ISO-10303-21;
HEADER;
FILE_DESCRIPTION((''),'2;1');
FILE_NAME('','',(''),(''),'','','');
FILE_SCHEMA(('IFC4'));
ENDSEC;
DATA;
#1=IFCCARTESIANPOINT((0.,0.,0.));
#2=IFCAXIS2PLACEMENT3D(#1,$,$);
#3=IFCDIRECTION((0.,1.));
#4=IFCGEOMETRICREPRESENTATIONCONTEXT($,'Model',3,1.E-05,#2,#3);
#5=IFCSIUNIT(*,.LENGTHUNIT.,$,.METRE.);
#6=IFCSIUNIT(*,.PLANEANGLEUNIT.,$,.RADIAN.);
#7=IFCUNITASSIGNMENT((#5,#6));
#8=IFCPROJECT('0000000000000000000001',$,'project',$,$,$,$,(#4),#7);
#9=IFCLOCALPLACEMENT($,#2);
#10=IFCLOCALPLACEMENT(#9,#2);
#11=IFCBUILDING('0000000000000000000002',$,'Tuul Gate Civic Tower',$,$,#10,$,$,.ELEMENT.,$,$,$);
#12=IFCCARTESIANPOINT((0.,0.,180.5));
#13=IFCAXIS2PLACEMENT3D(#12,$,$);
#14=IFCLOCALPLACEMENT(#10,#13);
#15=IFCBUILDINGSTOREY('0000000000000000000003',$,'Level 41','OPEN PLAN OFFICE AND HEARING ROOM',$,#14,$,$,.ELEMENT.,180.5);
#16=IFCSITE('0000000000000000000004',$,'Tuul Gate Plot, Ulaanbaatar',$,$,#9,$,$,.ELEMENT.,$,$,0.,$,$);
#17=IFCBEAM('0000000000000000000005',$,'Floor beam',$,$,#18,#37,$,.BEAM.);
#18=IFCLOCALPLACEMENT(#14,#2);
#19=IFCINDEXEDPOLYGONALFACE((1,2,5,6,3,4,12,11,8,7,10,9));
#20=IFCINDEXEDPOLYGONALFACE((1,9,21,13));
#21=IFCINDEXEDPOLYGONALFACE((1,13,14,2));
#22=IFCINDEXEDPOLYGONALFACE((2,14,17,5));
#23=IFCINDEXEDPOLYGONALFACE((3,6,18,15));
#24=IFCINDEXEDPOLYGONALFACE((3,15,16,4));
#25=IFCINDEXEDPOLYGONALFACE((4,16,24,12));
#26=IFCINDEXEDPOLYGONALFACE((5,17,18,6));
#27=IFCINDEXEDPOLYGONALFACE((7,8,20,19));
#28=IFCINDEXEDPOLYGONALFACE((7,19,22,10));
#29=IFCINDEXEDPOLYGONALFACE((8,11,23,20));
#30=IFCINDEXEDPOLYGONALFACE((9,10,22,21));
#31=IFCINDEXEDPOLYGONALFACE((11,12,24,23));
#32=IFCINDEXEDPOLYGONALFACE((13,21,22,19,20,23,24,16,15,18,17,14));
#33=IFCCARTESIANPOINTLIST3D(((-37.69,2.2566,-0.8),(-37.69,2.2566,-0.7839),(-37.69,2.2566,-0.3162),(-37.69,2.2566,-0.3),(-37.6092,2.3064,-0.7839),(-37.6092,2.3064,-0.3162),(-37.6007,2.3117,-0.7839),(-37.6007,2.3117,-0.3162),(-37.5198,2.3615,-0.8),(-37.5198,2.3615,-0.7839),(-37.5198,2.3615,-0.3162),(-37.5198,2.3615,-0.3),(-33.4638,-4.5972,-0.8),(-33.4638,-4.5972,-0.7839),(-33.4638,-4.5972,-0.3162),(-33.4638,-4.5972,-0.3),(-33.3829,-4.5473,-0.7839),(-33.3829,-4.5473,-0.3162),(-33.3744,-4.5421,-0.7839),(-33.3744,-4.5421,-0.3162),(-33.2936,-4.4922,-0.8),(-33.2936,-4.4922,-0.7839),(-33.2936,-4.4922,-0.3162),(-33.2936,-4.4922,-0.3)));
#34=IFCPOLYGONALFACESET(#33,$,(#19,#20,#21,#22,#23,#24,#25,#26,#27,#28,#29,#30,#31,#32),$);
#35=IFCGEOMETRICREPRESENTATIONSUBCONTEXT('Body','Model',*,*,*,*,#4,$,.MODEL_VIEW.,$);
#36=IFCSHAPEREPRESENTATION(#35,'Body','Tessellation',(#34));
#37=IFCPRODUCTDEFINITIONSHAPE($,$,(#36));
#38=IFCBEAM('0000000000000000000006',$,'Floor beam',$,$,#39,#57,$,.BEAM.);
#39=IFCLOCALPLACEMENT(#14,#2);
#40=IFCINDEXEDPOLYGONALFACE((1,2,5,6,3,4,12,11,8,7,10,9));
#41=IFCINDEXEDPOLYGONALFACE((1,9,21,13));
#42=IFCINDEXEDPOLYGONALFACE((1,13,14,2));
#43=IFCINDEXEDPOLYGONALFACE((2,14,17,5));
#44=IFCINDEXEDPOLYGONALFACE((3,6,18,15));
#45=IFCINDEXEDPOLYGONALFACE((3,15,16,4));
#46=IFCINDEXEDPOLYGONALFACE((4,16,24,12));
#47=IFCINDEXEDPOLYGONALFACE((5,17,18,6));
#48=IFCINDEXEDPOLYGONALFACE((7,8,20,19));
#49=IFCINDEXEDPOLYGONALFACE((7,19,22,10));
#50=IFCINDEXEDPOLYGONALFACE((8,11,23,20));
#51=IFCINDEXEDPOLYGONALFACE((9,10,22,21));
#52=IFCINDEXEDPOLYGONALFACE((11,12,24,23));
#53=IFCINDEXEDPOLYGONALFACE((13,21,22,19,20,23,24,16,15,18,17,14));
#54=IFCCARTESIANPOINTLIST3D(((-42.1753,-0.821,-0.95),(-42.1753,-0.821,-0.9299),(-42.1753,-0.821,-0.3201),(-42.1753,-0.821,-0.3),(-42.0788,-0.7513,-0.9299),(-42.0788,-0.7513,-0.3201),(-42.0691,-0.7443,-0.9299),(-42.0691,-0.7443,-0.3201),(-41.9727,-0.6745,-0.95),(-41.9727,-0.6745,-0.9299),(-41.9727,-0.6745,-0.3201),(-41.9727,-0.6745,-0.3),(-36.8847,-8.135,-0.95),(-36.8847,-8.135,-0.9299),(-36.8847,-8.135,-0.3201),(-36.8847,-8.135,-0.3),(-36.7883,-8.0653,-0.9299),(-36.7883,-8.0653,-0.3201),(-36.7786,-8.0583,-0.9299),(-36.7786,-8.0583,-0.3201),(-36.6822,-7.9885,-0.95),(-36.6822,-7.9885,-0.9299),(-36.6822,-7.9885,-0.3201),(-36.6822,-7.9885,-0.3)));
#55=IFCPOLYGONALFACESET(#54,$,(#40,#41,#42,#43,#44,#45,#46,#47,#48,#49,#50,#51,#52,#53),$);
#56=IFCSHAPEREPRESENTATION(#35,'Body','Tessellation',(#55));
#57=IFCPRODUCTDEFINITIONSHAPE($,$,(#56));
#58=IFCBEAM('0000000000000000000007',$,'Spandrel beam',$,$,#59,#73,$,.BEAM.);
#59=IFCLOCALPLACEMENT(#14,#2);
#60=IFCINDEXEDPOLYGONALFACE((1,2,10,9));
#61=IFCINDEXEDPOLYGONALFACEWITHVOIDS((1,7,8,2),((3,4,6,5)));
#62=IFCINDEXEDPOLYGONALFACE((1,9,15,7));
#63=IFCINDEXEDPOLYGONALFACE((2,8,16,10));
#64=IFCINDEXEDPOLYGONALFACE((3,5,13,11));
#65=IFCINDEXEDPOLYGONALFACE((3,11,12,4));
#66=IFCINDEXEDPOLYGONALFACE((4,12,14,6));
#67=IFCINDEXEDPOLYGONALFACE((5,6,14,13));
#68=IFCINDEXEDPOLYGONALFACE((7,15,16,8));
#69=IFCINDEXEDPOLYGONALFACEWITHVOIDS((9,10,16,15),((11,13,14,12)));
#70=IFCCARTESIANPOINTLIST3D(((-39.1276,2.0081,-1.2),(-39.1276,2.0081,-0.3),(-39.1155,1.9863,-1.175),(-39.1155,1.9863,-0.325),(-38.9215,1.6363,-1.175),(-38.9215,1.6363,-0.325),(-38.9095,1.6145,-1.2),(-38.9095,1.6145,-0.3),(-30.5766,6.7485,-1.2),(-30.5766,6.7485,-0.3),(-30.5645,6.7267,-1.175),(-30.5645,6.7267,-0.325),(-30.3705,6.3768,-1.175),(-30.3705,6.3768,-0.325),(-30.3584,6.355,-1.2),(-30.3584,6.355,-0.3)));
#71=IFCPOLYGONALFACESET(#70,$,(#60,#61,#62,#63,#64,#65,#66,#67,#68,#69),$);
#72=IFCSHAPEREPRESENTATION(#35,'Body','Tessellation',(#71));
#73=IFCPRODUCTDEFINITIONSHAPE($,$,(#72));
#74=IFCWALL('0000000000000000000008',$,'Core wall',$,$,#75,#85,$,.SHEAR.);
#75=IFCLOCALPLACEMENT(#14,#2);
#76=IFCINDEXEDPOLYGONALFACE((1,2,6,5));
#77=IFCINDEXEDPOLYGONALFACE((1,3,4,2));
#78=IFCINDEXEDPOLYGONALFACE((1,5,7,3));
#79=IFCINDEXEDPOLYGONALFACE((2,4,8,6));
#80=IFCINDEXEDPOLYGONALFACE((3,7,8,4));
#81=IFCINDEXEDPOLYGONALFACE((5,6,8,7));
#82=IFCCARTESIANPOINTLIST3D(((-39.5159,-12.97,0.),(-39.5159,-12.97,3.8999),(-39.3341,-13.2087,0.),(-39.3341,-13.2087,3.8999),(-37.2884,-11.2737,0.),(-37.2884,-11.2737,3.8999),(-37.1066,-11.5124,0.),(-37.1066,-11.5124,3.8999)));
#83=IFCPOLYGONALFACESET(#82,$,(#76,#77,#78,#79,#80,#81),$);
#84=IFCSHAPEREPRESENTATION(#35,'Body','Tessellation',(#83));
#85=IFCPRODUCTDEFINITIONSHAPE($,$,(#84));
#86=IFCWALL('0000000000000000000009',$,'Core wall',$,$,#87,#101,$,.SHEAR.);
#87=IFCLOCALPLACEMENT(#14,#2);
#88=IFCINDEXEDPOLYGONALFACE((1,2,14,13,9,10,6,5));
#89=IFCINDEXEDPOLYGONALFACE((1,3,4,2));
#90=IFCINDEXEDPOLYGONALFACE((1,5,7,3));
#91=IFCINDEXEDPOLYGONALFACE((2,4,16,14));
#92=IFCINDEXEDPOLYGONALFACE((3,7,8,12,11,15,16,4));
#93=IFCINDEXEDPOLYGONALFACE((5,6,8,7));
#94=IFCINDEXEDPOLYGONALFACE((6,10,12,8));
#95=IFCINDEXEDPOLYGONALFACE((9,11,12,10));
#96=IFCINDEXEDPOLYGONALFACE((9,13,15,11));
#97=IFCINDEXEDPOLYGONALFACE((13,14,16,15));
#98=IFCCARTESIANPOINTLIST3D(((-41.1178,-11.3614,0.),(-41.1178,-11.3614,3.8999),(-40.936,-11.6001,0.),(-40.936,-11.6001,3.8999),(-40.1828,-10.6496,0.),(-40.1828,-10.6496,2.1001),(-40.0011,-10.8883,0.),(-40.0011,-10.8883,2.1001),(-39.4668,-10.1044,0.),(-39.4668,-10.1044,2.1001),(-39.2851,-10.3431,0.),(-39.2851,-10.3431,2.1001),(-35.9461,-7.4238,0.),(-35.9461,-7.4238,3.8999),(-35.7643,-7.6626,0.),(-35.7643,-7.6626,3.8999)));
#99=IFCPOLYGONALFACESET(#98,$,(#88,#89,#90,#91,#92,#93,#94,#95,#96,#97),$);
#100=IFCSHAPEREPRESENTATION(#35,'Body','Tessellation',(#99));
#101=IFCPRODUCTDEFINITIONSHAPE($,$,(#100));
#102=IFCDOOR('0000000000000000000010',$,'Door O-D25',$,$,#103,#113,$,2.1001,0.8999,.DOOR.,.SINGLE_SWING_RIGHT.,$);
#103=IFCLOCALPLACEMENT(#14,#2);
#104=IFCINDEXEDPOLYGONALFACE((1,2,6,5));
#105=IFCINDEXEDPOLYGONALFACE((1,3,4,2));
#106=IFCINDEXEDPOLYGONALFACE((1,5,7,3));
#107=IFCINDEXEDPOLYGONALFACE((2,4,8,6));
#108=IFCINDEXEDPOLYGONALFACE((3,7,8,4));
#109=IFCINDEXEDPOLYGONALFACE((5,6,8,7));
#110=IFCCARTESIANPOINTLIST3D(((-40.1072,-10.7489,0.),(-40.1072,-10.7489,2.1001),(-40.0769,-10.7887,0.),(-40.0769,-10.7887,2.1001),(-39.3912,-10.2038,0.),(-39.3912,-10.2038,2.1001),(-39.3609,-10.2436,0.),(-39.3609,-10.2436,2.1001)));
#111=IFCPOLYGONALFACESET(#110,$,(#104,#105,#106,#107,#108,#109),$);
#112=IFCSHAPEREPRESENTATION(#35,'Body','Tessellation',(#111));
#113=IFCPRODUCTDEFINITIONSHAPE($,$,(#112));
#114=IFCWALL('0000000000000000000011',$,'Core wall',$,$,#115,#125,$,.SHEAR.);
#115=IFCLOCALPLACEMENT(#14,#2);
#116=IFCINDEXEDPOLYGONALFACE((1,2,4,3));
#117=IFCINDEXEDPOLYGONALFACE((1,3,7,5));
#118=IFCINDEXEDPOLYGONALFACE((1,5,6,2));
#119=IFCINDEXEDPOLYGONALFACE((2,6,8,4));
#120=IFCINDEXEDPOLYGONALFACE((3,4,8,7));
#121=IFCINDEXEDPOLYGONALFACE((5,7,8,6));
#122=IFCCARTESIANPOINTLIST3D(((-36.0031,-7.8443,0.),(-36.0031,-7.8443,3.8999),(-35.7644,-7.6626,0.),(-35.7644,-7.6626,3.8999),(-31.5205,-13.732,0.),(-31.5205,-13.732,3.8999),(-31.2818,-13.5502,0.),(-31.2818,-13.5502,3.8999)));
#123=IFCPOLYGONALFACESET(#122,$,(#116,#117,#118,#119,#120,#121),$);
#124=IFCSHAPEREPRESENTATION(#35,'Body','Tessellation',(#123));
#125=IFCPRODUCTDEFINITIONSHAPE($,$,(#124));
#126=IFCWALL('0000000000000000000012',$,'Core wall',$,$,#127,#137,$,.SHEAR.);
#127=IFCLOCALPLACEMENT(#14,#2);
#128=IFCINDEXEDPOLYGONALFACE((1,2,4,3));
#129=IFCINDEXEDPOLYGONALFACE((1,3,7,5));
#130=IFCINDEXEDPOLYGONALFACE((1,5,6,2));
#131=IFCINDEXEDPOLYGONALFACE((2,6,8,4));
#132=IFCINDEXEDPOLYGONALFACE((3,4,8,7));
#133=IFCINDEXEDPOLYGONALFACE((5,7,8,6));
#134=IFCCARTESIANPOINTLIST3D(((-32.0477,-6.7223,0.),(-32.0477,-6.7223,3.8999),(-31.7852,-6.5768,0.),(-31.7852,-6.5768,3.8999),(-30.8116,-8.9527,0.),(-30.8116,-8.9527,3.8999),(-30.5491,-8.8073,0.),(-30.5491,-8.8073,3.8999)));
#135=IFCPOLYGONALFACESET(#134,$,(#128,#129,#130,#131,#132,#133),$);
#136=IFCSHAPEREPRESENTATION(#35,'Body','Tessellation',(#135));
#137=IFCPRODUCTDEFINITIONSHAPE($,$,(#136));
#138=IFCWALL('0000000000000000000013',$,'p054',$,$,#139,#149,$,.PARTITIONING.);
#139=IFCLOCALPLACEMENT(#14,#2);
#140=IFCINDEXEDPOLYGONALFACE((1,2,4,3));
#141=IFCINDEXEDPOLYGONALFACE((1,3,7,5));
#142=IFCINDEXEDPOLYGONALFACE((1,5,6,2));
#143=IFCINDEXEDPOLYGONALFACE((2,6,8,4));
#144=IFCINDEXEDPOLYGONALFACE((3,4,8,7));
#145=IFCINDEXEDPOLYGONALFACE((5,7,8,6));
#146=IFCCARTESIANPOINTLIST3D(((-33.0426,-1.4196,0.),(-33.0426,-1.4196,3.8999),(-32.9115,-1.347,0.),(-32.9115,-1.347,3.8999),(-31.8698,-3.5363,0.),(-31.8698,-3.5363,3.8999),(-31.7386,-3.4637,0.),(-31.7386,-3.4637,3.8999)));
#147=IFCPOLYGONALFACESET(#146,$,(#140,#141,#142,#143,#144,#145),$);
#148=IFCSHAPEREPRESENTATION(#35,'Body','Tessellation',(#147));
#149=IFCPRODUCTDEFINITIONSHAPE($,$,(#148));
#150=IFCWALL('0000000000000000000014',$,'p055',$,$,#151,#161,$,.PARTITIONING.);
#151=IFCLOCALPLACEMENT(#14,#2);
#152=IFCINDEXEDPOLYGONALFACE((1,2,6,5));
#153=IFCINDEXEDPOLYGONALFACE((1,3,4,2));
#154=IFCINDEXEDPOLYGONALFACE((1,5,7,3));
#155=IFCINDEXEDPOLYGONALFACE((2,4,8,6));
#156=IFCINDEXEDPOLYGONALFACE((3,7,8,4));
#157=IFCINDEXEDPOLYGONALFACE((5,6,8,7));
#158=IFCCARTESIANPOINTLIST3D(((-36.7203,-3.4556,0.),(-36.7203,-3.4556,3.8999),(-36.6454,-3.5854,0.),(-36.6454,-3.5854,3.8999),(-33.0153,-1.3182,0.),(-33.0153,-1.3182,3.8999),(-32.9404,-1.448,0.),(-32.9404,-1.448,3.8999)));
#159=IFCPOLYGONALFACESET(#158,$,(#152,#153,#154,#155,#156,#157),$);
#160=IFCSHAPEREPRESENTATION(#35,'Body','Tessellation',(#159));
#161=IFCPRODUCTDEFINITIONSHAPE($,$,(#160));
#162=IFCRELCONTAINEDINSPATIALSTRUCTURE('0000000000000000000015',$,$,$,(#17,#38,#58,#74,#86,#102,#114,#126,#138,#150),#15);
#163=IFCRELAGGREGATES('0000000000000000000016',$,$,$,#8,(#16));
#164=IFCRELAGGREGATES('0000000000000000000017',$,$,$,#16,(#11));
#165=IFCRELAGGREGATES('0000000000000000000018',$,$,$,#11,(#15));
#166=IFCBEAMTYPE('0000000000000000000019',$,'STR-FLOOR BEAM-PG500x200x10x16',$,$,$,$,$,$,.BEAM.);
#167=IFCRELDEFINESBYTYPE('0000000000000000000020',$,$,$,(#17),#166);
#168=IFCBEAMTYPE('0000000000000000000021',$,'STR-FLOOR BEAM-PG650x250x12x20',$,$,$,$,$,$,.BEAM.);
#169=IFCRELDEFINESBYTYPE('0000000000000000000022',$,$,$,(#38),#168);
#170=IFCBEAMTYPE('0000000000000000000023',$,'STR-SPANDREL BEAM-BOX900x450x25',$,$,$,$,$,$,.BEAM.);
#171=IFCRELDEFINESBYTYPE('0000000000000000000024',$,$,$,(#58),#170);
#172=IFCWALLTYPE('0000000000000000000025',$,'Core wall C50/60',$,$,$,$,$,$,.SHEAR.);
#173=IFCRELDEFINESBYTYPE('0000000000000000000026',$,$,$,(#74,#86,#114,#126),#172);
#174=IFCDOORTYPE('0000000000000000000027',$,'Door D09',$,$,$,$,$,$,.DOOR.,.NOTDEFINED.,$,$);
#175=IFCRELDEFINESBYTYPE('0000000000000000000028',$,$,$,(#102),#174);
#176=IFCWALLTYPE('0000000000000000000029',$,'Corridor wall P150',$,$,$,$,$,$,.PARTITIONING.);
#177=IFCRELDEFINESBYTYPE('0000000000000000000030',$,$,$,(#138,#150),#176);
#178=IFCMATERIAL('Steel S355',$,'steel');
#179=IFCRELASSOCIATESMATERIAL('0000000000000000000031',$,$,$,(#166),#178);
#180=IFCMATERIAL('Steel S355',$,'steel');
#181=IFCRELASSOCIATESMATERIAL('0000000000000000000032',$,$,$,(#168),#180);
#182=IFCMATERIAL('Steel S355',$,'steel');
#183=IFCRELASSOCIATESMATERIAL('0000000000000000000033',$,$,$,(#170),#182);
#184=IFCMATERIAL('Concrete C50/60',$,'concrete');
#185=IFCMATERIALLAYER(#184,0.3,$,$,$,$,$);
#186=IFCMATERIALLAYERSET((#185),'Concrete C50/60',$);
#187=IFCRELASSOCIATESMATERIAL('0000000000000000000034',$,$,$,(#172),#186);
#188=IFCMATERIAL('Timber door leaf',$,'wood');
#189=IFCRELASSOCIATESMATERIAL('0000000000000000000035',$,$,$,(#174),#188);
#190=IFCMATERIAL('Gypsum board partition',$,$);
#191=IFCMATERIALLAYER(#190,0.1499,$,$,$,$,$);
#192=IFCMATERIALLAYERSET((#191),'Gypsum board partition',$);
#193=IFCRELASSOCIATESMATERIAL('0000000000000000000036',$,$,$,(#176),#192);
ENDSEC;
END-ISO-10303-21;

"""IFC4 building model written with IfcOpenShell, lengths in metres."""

from ifc_helpers import new_model, si_unit, direction, frame, frame_2d, origin, origin_2d, place, context, subcontext, project, spatial, rectangle, hollow_rectangle, i_section, extrude, material, layer, layer_set, material_profile, profile_set, type_object, element, fill, save


model = new_model("IFC4")

# Units and contexts
model_context = context("Model", 3, precision=1e-05, world=origin(), true_north=direction((0.0, 1.0)))
body_context = subcontext(model_context, "Body", "Model", "MODEL_VIEW")
ifc_project = project(units=[si_unit("LENGTHUNIT", "METRE"), si_unit("PLANEANGLEUNIT", "RADIAN")], contexts=[model_context])

# Site, building, storey
site_placement = place(None, origin())
site = spatial("IfcSite", under=ifc_project, at=site_placement, Name="Tuul Gate Plot, Ulaanbaatar", CompositionType="ELEMENT", RefElevation=0.0)
building_placement = place(site_placement, origin())
building = spatial("IfcBuilding", under=site, at=building_placement, Name="Tuul Gate Civic Tower", CompositionType="ELEMENT")
storey_placement = place(building_placement, frame((0.0, 0.0, 180.5)))
storey = spatial("IfcBuildingStorey", under=building, at=storey_placement, Name="Level 41", Description="OPEN PLAN OFFICE AND HEARING ROOM", CompositionType="ELEMENT", Elevation=180.5)

# Beams
ifc_material_1 = material(Name="Steel S355", Category="steel")
ifc_material_profile_1 = material_profile(ifc_material_1, i_section(OverallWidth=0.2, OverallDepth=0.5, WebThickness=0.01, FlangeThickness=0.0161, at=origin_2d()), Name="PG500x200x10x16")
ifc_profile_set_1 = profile_set([ifc_material_profile_1], Name="Steel S355")
beam_type_1 = type_object("IfcBeamType", Name="STR-FLOOR BEAM-PG500x200x10x16", PredefinedType="BEAM", material=ifc_profile_set_1)
beam_1_placement = place(storey_placement, frame((-33.3787, -4.5447, -0.55), z_axis=(-0.524874, 0.85118, 0.0), x_axis=(-0.85118, -0.524874, 0.0)))
element("IfcBeam", 1, at=beam_1_placement, inside=storey, type_object=beam_type_1, Name="Floor beam", PredefinedType="BEAM", context=body_context, shape_type="SweptSolid", body=[
    extrude(i_section(OverallWidth=0.2, OverallDepth=0.5, WebThickness=0.01, FlangeThickness=0.0161, at=origin_2d()), origin(), (0.0, 0.0, 1.0), 8.052),
])
ifc_material_2 = material(Name="Steel S355", Category="steel")
ifc_material_profile_2 = material_profile(ifc_material_2, i_section(OverallWidth=0.25, OverallDepth=0.6499, WebThickness=0.012, FlangeThickness=0.02, at=origin_2d()), Name="PG650x250x12x20")
ifc_profile_set_2 = profile_set([ifc_material_profile_2], Name="Steel S355")
beam_type_2 = type_object("IfcBeamType", Name="STR-FLOOR BEAM-PG650x250x12x20", PredefinedType="BEAM", material=ifc_profile_set_2)
beam_2_placement = place(storey_placement, frame((-36.7834, -8.0618, -0.625), z_axis=(-0.586089, 0.810247, 0.0), x_axis=(-0.810247, -0.586089, 0.0)))
element("IfcBeam", 2, at=beam_2_placement, inside=storey, type_object=beam_type_2, Name="Floor beam", PredefinedType="BEAM", context=body_context, shape_type="SweptSolid", body=[
    extrude(i_section(OverallWidth=0.25, OverallDepth=0.6499, WebThickness=0.012, FlangeThickness=0.02, at=origin_2d()), origin(), (0.0, 0.0, 1.0), 9.0269),
])
ifc_material_3 = material(Name="Steel S355", Category="steel")
ifc_material_profile_3 = material_profile(ifc_material_3, hollow_rectangle(XDim=0.45, YDim=0.8999, WallThickness=0.0249, at=origin_2d()), Name="BOX900x450x25")
ifc_profile_set_3 = profile_set([ifc_material_profile_3], Name="Steel S355")
beam_type_3 = type_object("IfcBeamType", Name="STR-SPANDREL BEAM-BOX900x450x25", PredefinedType="BEAM", material=ifc_profile_set_3)
beam_3_placement = place(storey_placement, frame((-30.4675, 6.5518, -0.75), z_axis=(-0.874595, -0.484854, 0.0), x_axis=(0.484854, -0.874595, 0.0)))
element("IfcBeam", 3, at=beam_3_placement, inside=storey, type_object=beam_type_3, Name="Spandrel beam", PredefinedType="BEAM", context=body_context, shape_type="SweptSolid", body=[
    extrude(hollow_rectangle(XDim=0.45, YDim=0.8999, WallThickness=0.0249, at=origin_2d()), origin(), (0.0, 0.0, 1.0), 9.7771),
])

# Wall
ifc_material_4 = material(Name="Concrete C50/60", Category="concrete")
ifc_layer_1 = layer(ifc_material_4, 0.3)
ifc_layer_set_1 = layer_set([ifc_layer_1], Name="Concrete C50/60")
wall_type_1 = type_object("IfcWallType", Name="Core wall C50/60", PredefinedType="SHEAR", material=ifc_layer_set_1)
wall_1_placement = place(storey_placement, frame((-37.1975, -11.3931, 0.0), z_axis=(0.0, 0.0, 1.0), x_axis=(-0.795584, -0.605844, 0.0)))
element("IfcWall", 4, at=wall_1_placement, inside=storey, type_object=wall_type_1, Name="Core wall", PredefinedType="SHEAR", context=body_context, shape_type="SweptSolid", body=[
    extrude(rectangle(XDim=2.7998, YDim=0.3, at=frame_2d((1.3999, 0.0))), origin(), (0.0, 0.0, 1.0), 3.8999),
])

# Wall, opening, door
wall_2_placement = place(storey_placement, frame((-35.8552, -7.5432, 0.0), z_axis=(0.0, 0.0, 1.0), x_axis=(-0.795639, -0.605772, 0.0)))
wall_2 = element("IfcWall", 5, at=wall_2_placement, inside=storey, type_object=wall_type_1, Name="Core wall", PredefinedType="SHEAR", context=body_context, shape_type="SweptSolid", body=[
    extrude(rectangle(XDim=6.5, YDim=0.3, at=frame_2d((3.25, 0.0))), origin(), (0.0, 0.0, 1.0), 3.8999),
])
opening_1_placement = place(wall_2_placement, frame((4.425, 0.0, 0.0)))
opening_1 = element("IfcOpeningElement", 6, at=opening_1_placement, cuts=wall_2, PredefinedType="OPENING", context=body_context, shape_type="SweptSolid", body=[
    extrude(rectangle(XDim=0.8999, YDim=2.1001, at=frame_2d((0.45, 1.05))), frame((0.0, 0.1602, 0.0), z_axis=(0.0, -1.0, 0.0), x_axis=(1.0, 0.0, 0.0)), (0.0, 0.0, 1.0), 0.3201),
])
ifc_material_5 = material(Name="Timber door leaf", Category="wood")
door_type = type_object("IfcDoorType", Name="Door D09", OperationType="NOTDEFINED", PredefinedType="DOOR", material=ifc_material_5)
door_1_placement = place(opening_1_placement, origin())
door_1 = element("IfcDoor", 7, at=door_1_placement, inside=storey, type_object=door_type, Name="Door O-D25", OperationType="SINGLE_SWING_RIGHT", OverallHeight=2.1001, OverallWidth=0.8999, PredefinedType="DOOR", context=body_context, shape_type="SweptSolid", body=[
    extrude(rectangle(XDim=0.8999, YDim=2.1001, at=frame_2d((0.45, 1.05))), frame((0.0, 0.0249, 0.0), z_axis=(0.0, -1.0, 0.0), x_axis=(1.0, 0.0, 0.0)), (0.0, 0.0, 1.0), 0.05),
])
fill(opening_1, door_1)

# Walls
wall_3_placement = place(storey_placement, frame((-31.4011, -13.6411, 0.0), z_axis=(0.0, 0.0, 1.0), x_axis=(-0.60577, 0.79564, 0.0)))
element("IfcWall", 8, at=wall_3_placement, inside=storey, type_object=wall_type_1, Name="Core wall", PredefinedType="SHEAR", context=body_context, shape_type="SweptSolid", body=[
    extrude(rectangle(XDim=7.3999, YDim=0.3, at=frame_2d((3.7, 0.0))), origin(), (0.0, 0.0, 1.0), 3.8999),
])
wall_4_placement = place(storey_placement, frame((-30.6804, -8.8799, 0.0), z_axis=(0.0, 0.0, 1.0), x_axis=(-0.484724, 0.874667, 0.0)))
element("IfcWall", 9, at=wall_4_placement, inside=storey, type_object=wall_type_1, Name="Core wall", PredefinedType="SHEAR", context=body_context, shape_type="SweptSolid", body=[
    extrude(rectangle(XDim=2.55, YDim=0.3, at=frame_2d((1.2749, 0.0))), origin(), (0.0, 0.0, 1.0), 3.8999),
])
ifc_material_6 = material(Name="Gypsum board partition")
ifc_layer_2 = layer(ifc_material_6, 0.1499)
ifc_layer_set_2 = layer_set([ifc_layer_2], Name="Gypsum board partition")
wall_type_2 = type_object("IfcWallType", Name="Corridor wall P150", PredefinedType="PARTITIONING", material=ifc_layer_set_2)
wall_5_placement = place(storey_placement, frame((-32.9771, -1.3833, 0.0), z_axis=(0.0, 0.0, 1.0), x_axis=(0.484666, -0.874699, 0.0)))
element("IfcWall", 10, at=wall_5_placement, inside=storey, type_object=wall_type_2, Name="p054", PredefinedType="PARTITIONING", context=body_context, shape_type="SweptSolid", body=[
    extrude(rectangle(XDim=2.4199, YDim=0.1499, at=frame_2d((1.21, 0.0))), origin(), (0.0, 0.0, 1.0), 3.8999),
])
wall_6_placement = place(storey_placement, frame((-36.6829, -3.5205, 0.0), z_axis=(0.0, 0.0, 1.0), x_axis=(0.866195, 0.499706, 0.0)))
element("IfcWall", 11, at=wall_6_placement, inside=storey, type_object=wall_type_2, Name="p055", PredefinedType="PARTITIONING", context=body_context, shape_type="SweptSolid", body=[
    extrude(rectangle(XDim=4.2773, YDim=0.1499, at=frame_2d((2.1387, 0.0))), origin(), (0.0, 0.0, 1.0), 3.8999),
])

save(model, "model.ifc")
